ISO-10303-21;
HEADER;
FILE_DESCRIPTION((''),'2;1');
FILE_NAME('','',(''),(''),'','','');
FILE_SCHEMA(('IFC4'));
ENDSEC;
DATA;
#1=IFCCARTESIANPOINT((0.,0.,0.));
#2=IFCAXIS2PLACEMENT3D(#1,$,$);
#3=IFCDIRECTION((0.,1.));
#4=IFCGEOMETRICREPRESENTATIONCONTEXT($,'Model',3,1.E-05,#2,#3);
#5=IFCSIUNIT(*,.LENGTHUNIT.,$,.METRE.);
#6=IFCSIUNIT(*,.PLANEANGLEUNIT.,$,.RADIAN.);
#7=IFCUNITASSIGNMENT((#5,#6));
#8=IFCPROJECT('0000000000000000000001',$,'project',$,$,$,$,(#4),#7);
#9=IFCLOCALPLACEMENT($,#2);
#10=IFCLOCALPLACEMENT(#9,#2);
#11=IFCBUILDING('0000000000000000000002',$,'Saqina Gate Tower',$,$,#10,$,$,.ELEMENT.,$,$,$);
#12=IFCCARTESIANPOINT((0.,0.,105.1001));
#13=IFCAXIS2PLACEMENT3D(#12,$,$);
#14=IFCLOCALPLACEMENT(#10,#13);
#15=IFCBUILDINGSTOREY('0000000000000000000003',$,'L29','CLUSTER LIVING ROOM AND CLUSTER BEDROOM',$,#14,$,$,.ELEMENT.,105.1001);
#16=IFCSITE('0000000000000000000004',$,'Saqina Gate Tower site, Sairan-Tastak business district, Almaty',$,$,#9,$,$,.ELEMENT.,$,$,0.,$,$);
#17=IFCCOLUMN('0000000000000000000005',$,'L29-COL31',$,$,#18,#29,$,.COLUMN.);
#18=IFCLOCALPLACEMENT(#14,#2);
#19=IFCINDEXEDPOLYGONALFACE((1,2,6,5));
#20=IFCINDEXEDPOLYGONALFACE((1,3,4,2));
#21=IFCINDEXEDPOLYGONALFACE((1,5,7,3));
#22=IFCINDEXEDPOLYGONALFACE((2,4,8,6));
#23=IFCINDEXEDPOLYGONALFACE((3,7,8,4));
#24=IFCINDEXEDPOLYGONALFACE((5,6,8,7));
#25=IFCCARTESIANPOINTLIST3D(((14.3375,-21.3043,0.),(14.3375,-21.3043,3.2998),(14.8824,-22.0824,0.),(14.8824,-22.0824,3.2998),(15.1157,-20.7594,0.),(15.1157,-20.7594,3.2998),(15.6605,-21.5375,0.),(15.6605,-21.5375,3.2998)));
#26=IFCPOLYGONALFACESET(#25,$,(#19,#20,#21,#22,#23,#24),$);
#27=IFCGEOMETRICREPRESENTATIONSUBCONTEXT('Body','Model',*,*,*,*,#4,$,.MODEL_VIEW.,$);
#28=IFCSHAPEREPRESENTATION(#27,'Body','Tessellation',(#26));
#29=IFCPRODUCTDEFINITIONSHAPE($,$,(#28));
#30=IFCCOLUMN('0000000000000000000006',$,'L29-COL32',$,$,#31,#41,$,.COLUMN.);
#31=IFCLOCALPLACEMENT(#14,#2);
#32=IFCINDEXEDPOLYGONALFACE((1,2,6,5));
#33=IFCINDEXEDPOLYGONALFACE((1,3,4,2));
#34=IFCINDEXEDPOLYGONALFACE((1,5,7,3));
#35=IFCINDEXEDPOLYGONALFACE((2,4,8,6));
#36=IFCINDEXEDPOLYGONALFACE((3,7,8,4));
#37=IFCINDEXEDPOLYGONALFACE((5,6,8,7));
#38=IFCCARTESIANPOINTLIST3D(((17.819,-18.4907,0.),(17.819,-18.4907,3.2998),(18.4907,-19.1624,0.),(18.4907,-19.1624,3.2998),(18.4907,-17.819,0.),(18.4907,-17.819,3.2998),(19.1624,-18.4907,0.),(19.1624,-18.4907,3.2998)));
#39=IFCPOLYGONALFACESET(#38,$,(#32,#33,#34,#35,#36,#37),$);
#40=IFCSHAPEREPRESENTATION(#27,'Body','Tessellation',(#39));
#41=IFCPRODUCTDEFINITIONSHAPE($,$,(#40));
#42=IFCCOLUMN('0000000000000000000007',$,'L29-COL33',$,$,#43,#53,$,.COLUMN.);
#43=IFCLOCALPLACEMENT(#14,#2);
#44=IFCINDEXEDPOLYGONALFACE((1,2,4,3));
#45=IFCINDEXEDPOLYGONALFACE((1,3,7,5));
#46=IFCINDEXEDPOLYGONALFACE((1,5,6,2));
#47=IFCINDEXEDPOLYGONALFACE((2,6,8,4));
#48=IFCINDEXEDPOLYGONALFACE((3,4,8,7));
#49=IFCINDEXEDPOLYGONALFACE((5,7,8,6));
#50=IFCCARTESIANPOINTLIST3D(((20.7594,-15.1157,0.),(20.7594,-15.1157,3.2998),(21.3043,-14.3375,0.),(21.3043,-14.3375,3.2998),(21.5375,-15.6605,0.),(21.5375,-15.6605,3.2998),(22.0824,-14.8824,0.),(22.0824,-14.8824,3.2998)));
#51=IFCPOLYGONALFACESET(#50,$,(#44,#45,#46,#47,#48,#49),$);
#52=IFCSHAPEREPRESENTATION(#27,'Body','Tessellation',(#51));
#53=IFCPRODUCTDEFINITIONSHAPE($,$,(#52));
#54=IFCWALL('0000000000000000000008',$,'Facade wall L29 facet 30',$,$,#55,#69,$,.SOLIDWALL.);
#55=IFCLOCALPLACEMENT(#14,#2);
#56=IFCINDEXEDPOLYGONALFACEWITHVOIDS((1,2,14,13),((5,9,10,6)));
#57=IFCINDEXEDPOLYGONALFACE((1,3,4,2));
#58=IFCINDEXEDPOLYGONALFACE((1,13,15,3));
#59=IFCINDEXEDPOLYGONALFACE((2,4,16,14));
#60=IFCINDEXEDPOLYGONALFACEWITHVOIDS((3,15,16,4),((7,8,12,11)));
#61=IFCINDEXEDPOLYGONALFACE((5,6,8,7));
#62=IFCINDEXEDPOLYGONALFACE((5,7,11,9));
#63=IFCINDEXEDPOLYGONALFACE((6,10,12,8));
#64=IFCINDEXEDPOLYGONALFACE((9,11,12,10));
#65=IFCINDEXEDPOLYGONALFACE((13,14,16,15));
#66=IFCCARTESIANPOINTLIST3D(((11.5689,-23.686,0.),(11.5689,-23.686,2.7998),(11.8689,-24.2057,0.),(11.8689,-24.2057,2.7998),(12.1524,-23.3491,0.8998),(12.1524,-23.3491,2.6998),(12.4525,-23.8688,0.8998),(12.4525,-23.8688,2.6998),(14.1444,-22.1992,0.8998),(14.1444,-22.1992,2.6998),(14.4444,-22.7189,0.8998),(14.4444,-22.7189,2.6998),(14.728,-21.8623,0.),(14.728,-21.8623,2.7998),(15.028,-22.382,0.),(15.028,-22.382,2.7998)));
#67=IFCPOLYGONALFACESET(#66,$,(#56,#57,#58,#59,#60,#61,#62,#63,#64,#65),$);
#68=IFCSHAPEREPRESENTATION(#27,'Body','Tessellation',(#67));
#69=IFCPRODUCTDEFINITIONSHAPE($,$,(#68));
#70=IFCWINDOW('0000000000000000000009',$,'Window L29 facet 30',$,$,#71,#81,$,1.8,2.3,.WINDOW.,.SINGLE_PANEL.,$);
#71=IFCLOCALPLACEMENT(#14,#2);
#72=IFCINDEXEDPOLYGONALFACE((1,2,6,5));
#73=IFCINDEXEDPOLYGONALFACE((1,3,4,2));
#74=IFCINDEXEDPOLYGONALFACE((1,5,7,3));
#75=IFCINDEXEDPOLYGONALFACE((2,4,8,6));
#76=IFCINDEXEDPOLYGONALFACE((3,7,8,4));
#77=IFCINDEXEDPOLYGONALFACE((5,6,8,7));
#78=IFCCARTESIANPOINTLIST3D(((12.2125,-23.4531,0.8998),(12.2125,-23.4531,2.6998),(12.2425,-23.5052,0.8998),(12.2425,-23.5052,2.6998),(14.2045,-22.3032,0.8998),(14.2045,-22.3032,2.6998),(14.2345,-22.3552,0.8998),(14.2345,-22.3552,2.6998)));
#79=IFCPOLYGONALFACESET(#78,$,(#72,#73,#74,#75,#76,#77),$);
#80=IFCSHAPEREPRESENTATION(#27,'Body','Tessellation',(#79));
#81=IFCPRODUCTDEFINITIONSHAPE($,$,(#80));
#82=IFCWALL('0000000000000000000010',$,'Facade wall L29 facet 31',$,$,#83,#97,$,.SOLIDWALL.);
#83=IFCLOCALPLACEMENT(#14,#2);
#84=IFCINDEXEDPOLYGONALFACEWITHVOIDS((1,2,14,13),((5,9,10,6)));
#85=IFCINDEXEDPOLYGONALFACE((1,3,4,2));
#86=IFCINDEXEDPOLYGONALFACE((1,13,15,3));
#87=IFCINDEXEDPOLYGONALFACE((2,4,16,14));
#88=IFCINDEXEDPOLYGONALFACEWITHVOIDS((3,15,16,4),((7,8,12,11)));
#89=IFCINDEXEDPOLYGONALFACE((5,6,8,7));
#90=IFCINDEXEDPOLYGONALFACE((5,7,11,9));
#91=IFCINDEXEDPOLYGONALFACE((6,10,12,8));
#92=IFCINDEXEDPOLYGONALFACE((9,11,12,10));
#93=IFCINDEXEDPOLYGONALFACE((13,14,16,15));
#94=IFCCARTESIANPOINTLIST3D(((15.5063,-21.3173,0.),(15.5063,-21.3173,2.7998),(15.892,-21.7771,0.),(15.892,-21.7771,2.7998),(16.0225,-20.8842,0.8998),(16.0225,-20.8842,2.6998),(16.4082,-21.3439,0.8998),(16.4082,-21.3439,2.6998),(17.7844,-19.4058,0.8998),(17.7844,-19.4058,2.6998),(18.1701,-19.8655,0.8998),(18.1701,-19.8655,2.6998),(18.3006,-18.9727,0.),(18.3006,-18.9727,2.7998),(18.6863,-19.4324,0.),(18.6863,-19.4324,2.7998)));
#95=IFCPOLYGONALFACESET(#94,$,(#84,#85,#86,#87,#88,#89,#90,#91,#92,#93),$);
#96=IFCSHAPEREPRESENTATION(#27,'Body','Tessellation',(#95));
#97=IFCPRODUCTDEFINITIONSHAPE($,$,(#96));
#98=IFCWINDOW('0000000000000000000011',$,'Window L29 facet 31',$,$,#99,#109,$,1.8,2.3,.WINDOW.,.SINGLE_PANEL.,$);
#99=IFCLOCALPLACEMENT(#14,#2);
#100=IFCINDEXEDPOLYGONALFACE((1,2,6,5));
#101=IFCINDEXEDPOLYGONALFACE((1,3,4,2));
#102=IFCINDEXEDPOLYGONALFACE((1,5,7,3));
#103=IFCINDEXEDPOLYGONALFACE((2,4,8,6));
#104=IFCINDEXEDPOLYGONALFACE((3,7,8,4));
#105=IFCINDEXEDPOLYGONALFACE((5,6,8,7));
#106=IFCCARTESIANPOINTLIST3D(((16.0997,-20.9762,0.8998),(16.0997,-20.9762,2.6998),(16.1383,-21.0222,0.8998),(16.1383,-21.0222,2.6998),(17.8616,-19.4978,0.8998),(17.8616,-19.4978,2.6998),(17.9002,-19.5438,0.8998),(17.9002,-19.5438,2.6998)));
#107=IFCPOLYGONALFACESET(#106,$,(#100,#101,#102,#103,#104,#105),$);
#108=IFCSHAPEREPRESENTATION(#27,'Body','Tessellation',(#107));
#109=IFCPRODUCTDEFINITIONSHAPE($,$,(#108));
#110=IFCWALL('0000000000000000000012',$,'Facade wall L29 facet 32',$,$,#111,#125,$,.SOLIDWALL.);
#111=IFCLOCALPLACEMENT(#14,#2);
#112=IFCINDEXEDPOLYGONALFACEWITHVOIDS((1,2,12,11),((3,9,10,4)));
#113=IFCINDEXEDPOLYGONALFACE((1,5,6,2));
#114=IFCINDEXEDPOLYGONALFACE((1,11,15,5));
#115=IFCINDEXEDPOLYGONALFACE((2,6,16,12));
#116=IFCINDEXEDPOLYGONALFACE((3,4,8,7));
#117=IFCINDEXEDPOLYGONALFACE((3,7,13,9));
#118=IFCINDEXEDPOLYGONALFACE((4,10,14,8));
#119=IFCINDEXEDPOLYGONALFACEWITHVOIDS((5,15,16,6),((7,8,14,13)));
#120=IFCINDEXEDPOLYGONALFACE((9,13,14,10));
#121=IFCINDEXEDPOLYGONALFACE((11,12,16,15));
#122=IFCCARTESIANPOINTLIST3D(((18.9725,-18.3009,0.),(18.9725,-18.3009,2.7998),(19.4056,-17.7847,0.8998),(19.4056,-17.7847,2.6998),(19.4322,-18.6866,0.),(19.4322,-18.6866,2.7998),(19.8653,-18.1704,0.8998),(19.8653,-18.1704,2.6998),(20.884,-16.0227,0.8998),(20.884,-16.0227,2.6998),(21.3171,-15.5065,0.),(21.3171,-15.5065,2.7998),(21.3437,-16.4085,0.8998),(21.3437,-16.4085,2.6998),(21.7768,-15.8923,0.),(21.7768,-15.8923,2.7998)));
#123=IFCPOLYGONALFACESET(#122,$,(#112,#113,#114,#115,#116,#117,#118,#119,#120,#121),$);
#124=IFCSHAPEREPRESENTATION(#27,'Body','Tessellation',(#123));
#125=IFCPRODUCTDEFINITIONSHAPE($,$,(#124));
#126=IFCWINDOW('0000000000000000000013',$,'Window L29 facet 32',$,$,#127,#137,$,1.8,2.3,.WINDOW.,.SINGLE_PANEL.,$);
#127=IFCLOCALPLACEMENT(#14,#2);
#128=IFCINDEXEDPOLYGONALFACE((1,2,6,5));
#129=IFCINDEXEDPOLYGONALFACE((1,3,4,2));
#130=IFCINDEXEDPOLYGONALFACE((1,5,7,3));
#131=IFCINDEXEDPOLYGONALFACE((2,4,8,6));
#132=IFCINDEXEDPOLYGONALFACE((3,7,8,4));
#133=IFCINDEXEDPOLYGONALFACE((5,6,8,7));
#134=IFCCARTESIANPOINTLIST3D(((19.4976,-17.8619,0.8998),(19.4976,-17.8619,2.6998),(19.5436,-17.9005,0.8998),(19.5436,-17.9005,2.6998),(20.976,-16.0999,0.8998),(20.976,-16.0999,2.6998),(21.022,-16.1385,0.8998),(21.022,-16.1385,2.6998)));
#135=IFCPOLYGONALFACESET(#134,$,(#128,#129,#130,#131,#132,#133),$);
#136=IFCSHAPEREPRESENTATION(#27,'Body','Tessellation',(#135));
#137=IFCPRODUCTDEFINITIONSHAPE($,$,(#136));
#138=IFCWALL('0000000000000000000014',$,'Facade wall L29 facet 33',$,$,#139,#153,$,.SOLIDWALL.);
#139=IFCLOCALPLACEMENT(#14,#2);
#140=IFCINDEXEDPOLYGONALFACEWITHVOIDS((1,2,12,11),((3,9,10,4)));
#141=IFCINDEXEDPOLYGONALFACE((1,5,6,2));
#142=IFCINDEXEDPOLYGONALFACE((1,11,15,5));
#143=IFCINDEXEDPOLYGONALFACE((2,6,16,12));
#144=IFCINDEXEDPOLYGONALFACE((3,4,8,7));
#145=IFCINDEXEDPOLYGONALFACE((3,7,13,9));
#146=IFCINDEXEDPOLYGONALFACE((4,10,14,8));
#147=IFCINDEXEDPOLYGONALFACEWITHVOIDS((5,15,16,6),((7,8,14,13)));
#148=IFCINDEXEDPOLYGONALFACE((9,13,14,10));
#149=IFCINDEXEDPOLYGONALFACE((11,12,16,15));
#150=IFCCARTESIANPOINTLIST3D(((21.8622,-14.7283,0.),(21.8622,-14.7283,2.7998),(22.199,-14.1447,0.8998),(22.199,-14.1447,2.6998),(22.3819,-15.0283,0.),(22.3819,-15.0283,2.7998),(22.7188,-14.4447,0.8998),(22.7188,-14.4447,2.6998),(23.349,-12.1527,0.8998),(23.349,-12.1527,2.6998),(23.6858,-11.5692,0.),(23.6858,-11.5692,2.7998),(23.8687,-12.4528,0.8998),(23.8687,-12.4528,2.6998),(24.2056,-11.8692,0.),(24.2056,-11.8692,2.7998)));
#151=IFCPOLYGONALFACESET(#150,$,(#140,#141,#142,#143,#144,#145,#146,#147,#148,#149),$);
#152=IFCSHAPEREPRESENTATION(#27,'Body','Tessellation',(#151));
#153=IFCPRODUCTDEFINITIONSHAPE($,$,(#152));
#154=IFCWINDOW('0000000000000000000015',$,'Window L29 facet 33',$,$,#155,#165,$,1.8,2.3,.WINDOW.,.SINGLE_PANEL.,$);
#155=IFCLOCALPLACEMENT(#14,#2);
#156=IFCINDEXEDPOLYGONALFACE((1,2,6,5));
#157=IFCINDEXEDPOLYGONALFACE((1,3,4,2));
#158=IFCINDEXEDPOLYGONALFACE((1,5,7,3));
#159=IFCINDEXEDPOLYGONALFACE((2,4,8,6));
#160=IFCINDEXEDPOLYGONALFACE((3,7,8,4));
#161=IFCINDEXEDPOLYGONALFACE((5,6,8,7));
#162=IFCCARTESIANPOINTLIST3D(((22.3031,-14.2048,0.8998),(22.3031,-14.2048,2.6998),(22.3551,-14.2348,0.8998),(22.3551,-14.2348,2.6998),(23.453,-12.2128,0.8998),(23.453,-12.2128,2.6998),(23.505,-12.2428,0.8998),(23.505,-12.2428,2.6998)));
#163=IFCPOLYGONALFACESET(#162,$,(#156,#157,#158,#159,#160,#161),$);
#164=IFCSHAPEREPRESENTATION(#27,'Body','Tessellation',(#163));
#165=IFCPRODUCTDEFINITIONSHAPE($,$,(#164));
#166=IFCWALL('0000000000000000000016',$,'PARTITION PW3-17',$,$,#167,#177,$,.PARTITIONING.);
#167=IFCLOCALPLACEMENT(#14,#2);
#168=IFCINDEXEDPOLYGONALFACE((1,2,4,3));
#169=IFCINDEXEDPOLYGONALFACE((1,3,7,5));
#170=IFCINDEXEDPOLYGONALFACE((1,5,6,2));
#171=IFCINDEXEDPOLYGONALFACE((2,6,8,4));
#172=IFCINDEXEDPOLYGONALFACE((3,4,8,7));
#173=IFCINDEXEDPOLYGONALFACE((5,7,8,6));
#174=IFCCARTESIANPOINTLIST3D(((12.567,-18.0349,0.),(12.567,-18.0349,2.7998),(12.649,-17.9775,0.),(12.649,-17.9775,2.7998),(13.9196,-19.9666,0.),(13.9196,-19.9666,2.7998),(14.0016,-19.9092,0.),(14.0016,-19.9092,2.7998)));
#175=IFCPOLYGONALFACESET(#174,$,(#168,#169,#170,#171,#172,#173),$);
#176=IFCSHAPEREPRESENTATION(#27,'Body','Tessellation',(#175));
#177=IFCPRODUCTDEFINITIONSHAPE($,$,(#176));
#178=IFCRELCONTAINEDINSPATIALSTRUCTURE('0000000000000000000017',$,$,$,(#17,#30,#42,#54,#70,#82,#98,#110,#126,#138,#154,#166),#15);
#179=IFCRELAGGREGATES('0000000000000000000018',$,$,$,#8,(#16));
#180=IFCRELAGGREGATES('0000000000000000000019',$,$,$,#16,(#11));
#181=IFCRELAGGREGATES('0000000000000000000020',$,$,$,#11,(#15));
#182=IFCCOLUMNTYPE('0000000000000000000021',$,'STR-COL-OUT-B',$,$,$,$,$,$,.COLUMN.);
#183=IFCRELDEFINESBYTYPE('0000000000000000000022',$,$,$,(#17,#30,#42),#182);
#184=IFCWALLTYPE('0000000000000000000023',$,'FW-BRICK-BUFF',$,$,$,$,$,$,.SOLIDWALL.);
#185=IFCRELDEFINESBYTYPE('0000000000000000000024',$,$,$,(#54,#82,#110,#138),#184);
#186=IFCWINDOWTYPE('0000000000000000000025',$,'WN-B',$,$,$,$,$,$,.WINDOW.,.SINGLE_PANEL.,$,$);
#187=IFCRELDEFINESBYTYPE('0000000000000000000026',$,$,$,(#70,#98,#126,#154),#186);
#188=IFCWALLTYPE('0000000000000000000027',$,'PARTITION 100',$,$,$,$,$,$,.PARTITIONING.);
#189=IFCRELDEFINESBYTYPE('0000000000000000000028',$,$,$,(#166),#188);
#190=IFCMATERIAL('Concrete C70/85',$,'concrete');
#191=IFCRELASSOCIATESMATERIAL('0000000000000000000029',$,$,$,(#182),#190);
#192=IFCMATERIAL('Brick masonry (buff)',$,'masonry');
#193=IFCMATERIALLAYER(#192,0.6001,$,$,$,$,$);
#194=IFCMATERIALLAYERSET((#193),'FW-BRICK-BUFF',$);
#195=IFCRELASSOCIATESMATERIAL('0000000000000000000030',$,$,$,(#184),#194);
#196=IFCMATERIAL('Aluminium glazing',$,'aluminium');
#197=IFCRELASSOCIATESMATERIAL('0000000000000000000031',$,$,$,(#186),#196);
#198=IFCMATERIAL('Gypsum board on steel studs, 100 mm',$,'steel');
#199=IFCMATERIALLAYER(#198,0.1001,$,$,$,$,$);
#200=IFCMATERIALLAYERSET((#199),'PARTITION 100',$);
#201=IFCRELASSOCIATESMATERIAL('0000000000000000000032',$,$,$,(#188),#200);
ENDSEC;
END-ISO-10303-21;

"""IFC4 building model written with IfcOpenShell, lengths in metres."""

from ifc_helpers import new_model, si_unit, direction, frame, frame_2d, origin, origin_2d, place, context, subcontext, project, spatial, rectangle, extrude, material, layer, layer_set, material_profile, profile_set, type_object, element, fill, save


model = new_model("IFC4")

# Units and contexts
model_context = context("Model", 3, precision=1e-05, world=origin(), true_north=direction((0.0, 1.0)))
body_context = subcontext(model_context, "Body", "Model", "MODEL_VIEW")
ifc_project = project(units=[si_unit("LENGTHUNIT", "METRE"), si_unit("PLANEANGLEUNIT", "RADIAN")], contexts=[model_context])

# Site, building, storey
site_placement = place(None, origin())
site = spatial("IfcSite", under=ifc_project, at=site_placement, Name="Saqina Gate Tower site, Sairan-Tastak business district, Almaty", CompositionType="ELEMENT", RefElevation=0.0)
building_placement = place(site_placement, origin())
building = spatial("IfcBuilding", under=site, at=building_placement, Name="Saqina Gate Tower", CompositionType="ELEMENT")
storey_placement = place(building_placement, frame((0.0, 0.0, 105.1001)))
storey = spatial("IfcBuildingStorey", under=building, at=storey_placement, Name="L29", Description="CLUSTER LIVING ROOM AND CLUSTER BEDROOM", CompositionType="ELEMENT", Elevation=105.1001)

# Columns
ifc_material_1 = material(Name="Concrete C70/85", Category="concrete")
ifc_material_profile = material_profile(ifc_material_1, rectangle(XDim=0.95, YDim=0.95, at=origin_2d()), Name="RC 950x950")
ifc_profile_set = profile_set([ifc_material_profile], Name="Concrete C70/85")
column_type = type_object("IfcColumnType", Name="STR-COL-OUT-B", PredefinedType="COLUMN", material=ifc_profile_set)
for number, where, z_axis, x_axis, name in (
    (1, (14.999, -21.4209, 0.0), (0.0, 0.0, 1.0), (0.573576, -0.819152, 0.0), "L29-COL31"),
    (2, (18.4907, -18.4907, 0.0), (0.0, 0.0, 1.0), (0.707107, -0.707107, 0.0), "L29-COL32"),
    (3, (21.4209, -14.999, 0.0), (0.0, 0.0, 1.0), (0.819152, -0.573576, 0.0), "L29-COL33"),
):
    element("IfcColumn", number, at=place(storey_placement, frame(where, z_axis=z_axis, x_axis=x_axis)), inside=storey, type_object=column_type, Name=name, PredefinedType="COLUMN", context=body_context, shape_type="SweptSolid", body=[
        extrude(rectangle(XDim=0.95, YDim=0.95, at=origin_2d()), origin(), (0.0, 0.0, 1.0), 3.2998),
    ])

# Walls, openings, windows
ifc_material_2 = material(Name="Brick masonry (buff)", Category="masonry")
ifc_layer_1 = layer(ifc_material_2, 0.6001)
ifc_layer_set_1 = layer_set([ifc_layer_1], Name="FW-BRICK-BUFF")
wall_type_1 = type_object("IfcWallType", Name="FW-BRICK-BUFF", PredefinedType="SOLIDWALL", material=ifc_layer_set_1)
wall_1_placement = place(storey_placement, frame((11.719, -23.9458, 0.0), z_axis=(0.0, 0.0, 1.0), x_axis=(0.866052, 0.499954, 0.0)))
wall_1 = element("IfcWall", 4, at=wall_1_placement, inside=storey, type_object=wall_type_1, Name="Facade wall L29 facet 30", PredefinedType="SOLIDWALL", context=body_context, shape_type="SweptSolid", body=[
    extrude(rectangle(XDim=3.6477, YDim=0.6001, at=frame_2d((1.8237, 0.0))), origin(), (0.0, 0.0, 1.0), 2.7998),
])
opening_1_placement = place(wall_1_placement, frame((0.6738, 0.0, 0.8999)))
opening_1 = element("IfcOpeningElement", 5, at=opening_1_placement, cuts=wall_1, PredefinedType="OPENING", context=body_context, shape_type="SweptSolid", body=[
    extrude(rectangle(XDim=2.3, YDim=1.8, at=frame_2d((1.1499, 0.8999))), frame((0.0, 0.312, 0.0), z_axis=(0.0, -1.0, 0.0), x_axis=(1.0, 0.0, 0.0)), (0.0, 0.0, 1.0), 0.624),
])
ifc_material_3 = material(Name="Aluminium glazing", Category="aluminium")
window_type = type_object("IfcWindowType", Name="WN-B", PartitioningType="SINGLE_PANEL", PredefinedType="WINDOW", material=ifc_material_3)
window_1_placement = place(opening_1_placement, origin())
window_1 = element("IfcWindow", 6, at=window_1_placement, inside=storey, type_object=window_type, Name="Window L29 facet 30", OverallHeight=1.8, OverallWidth=2.3, PartitioningType="SINGLE_PANEL", PredefinedType="WINDOW", context=body_context, shape_type="SweptSolid", body=[
    extrude(rectangle(XDim=2.3, YDim=1.8, at=frame_2d((1.1499, 0.8999))), frame((0.0, 0.1799, 0.0), z_axis=(0.0, -1.0, 0.0), x_axis=(1.0, 0.0, 0.0)), (0.0, 0.0, 1.0), 0.0601),
])
fill(opening_1, window_1)
wall_2_placement = place(storey_placement, frame((15.6992, -21.5471, 0.0), z_axis=(0.0, 0.0, 1.0), x_axis=(0.766055, 0.642774, 0.0)))
wall_2 = element("IfcWall", 7, at=wall_2_placement, inside=storey, type_object=wall_type_1, Name="Facade wall L29 facet 31", PredefinedType="SOLIDWALL", context=body_context, shape_type="SweptSolid", body=[
    extrude(rectangle(XDim=3.6477, YDim=0.6001, at=frame_2d((1.8237, 0.0))), origin(), (0.0, 0.0, 1.0), 2.7998),
])
opening_2_placement = place(wall_2_placement, frame((0.6738, 0.0, 0.8999)))
opening_2 = element("IfcOpeningElement", 8, at=opening_2_placement, cuts=wall_2, PredefinedType="OPENING", context=body_context, shape_type="SweptSolid", body=[
    extrude(rectangle(XDim=2.3, YDim=1.8, at=frame_2d((1.1499, 0.8999))), frame((0.0, 0.312, 0.0), z_axis=(0.0, -1.0, 0.0), x_axis=(1.0, 0.0, 0.0)), (0.0, 0.0, 1.0), 0.624),
])
window_2_placement = place(opening_2_placement, origin())
window_2 = element("IfcWindow", 9, at=window_2_placement, inside=storey, type_object=window_type, Name="Window L29 facet 31", OverallHeight=1.8, OverallWidth=2.3, PartitioningType="SINGLE_PANEL", PredefinedType="WINDOW", context=body_context, shape_type="SweptSolid", body=[
    extrude(rectangle(XDim=2.3, YDim=1.8, at=frame_2d((1.1499, 0.8999))), frame((0.0, 0.1799, 0.0), z_axis=(0.0, -1.0, 0.0), x_axis=(1.0, 0.0, 0.0)), (0.0, 0.0, 1.0), 0.0601),
])
fill(opening_2, window_2)
wall_3_placement = place(storey_placement, frame((19.2024, -18.4937, 0.0), z_axis=(0.0, 0.0, 1.0), x_axis=(0.642774, 0.766055, 0.0)))
wall_3 = element("IfcWall", 10, at=wall_3_placement, inside=storey, type_object=wall_type_1, Name="Facade wall L29 facet 32", PredefinedType="SOLIDWALL", context=body_context, shape_type="SweptSolid", body=[
    extrude(rectangle(XDim=3.6477, YDim=0.6001, at=frame_2d((1.8237, 0.0))), origin(), (0.0, 0.0, 1.0), 2.7998),
])
opening_3_placement = place(wall_3_placement, frame((0.6738, 0.0, 0.8999)))
opening_3 = element("IfcOpeningElement", 11, at=opening_3_placement, cuts=wall_3, PredefinedType="OPENING", context=body_context, shape_type="SweptSolid", body=[
    extrude(rectangle(XDim=2.3, YDim=1.8, at=frame_2d((1.1499, 0.8999))), frame((0.0, 0.312, 0.0), z_axis=(0.0, -1.0, 0.0), x_axis=(1.0, 0.0, 0.0)), (0.0, 0.0, 1.0), 0.624),
])
window_3_placement = place(opening_3_placement, origin())
window_3 = element("IfcWindow", 12, at=window_3_placement, inside=storey, type_object=window_type, Name="Window L29 facet 32", OverallHeight=1.8, OverallWidth=2.3, PartitioningType="SINGLE_PANEL", PredefinedType="WINDOW", context=body_context, shape_type="SweptSolid", body=[
    extrude(rectangle(XDim=2.3, YDim=1.8, at=frame_2d((1.1499, 0.8999))), frame((0.0, 0.1799, 0.0), z_axis=(0.0, -1.0, 0.0), x_axis=(1.0, 0.0, 0.0)), (0.0, 0.0, 1.0), 0.0601),
])
fill(opening_3, window_3)
wall_4_placement = place(storey_placement, frame((22.1221, -14.8782, 0.0), z_axis=(0.0, 0.0, 1.0), x_axis=(0.499954, 0.866052, 0.0)))
wall_4 = element("IfcWall", 13, at=wall_4_placement, inside=storey, type_object=wall_type_1, Name="Facade wall L29 facet 33", PredefinedType="SOLIDWALL", context=body_context, shape_type="SweptSolid", body=[
    extrude(rectangle(XDim=3.6477, YDim=0.6001, at=frame_2d((1.8237, 0.0))), origin(), (0.0, 0.0, 1.0), 2.7998),
])
opening_4_placement = place(wall_4_placement, frame((0.6738, 0.0, 0.8999)))
opening_4 = element("IfcOpeningElement", 14, at=opening_4_placement, cuts=wall_4, PredefinedType="OPENING", context=body_context, shape_type="SweptSolid", body=[
    extrude(rectangle(XDim=2.3, YDim=1.8, at=frame_2d((1.1499, 0.8999))), frame((0.0, 0.312, 0.0), z_axis=(0.0, -1.0, 0.0), x_axis=(1.0, 0.0, 0.0)), (0.0, 0.0, 1.0), 0.624),
])
window_4_placement = place(opening_4_placement, origin())
window_4 = element("IfcWindow", 15, at=window_4_placement, inside=storey, type_object=window_type, Name="Window L29 facet 33", OverallHeight=1.8, OverallWidth=2.3, PartitioningType="SINGLE_PANEL", PredefinedType="WINDOW", context=body_context, shape_type="SweptSolid", body=[
    extrude(rectangle(XDim=2.3, YDim=1.8, at=frame_2d((1.1499, 0.8999))), frame((0.0, 0.1799, 0.0), z_axis=(0.0, -1.0, 0.0), x_axis=(1.0, 0.0, 0.0)), (0.0, 0.0, 1.0), 0.0601),
])
fill(opening_4, window_4)

# Wall
ifc_material_4 = material(Name="Gypsum board on steel studs, 100 mm", Category="steel")
ifc_layer_2 = layer(ifc_material_4, 0.1001)
ifc_layer_set_2 = layer_set([ifc_layer_2], Name="PARTITION 100")
wall_type_2 = type_object("IfcWallType", Name="PARTITION 100", PredefinedType="PARTITIONING", material=ifc_layer_set_2)
wall_5_placement = place(storey_placement, frame((12.6079, -18.0061, 0.0), z_axis=(0.0, 0.0, 1.0), x_axis=(0.573574, -0.819154, 0.0)))
element("IfcWall", 16, at=wall_5_placement, inside=storey, type_object=wall_type_2, Name="PARTITION PW3-17", PredefinedType="PARTITIONING", context=body_context, shape_type="SweptSolid", body=[
    extrude(rectangle(XDim=2.3582, YDim=0.1001, at=frame_2d((1.1792, 0.0))), origin(), (0.0, 0.0, 1.0), 2.7998),
])

save(model, "model.ifc")
